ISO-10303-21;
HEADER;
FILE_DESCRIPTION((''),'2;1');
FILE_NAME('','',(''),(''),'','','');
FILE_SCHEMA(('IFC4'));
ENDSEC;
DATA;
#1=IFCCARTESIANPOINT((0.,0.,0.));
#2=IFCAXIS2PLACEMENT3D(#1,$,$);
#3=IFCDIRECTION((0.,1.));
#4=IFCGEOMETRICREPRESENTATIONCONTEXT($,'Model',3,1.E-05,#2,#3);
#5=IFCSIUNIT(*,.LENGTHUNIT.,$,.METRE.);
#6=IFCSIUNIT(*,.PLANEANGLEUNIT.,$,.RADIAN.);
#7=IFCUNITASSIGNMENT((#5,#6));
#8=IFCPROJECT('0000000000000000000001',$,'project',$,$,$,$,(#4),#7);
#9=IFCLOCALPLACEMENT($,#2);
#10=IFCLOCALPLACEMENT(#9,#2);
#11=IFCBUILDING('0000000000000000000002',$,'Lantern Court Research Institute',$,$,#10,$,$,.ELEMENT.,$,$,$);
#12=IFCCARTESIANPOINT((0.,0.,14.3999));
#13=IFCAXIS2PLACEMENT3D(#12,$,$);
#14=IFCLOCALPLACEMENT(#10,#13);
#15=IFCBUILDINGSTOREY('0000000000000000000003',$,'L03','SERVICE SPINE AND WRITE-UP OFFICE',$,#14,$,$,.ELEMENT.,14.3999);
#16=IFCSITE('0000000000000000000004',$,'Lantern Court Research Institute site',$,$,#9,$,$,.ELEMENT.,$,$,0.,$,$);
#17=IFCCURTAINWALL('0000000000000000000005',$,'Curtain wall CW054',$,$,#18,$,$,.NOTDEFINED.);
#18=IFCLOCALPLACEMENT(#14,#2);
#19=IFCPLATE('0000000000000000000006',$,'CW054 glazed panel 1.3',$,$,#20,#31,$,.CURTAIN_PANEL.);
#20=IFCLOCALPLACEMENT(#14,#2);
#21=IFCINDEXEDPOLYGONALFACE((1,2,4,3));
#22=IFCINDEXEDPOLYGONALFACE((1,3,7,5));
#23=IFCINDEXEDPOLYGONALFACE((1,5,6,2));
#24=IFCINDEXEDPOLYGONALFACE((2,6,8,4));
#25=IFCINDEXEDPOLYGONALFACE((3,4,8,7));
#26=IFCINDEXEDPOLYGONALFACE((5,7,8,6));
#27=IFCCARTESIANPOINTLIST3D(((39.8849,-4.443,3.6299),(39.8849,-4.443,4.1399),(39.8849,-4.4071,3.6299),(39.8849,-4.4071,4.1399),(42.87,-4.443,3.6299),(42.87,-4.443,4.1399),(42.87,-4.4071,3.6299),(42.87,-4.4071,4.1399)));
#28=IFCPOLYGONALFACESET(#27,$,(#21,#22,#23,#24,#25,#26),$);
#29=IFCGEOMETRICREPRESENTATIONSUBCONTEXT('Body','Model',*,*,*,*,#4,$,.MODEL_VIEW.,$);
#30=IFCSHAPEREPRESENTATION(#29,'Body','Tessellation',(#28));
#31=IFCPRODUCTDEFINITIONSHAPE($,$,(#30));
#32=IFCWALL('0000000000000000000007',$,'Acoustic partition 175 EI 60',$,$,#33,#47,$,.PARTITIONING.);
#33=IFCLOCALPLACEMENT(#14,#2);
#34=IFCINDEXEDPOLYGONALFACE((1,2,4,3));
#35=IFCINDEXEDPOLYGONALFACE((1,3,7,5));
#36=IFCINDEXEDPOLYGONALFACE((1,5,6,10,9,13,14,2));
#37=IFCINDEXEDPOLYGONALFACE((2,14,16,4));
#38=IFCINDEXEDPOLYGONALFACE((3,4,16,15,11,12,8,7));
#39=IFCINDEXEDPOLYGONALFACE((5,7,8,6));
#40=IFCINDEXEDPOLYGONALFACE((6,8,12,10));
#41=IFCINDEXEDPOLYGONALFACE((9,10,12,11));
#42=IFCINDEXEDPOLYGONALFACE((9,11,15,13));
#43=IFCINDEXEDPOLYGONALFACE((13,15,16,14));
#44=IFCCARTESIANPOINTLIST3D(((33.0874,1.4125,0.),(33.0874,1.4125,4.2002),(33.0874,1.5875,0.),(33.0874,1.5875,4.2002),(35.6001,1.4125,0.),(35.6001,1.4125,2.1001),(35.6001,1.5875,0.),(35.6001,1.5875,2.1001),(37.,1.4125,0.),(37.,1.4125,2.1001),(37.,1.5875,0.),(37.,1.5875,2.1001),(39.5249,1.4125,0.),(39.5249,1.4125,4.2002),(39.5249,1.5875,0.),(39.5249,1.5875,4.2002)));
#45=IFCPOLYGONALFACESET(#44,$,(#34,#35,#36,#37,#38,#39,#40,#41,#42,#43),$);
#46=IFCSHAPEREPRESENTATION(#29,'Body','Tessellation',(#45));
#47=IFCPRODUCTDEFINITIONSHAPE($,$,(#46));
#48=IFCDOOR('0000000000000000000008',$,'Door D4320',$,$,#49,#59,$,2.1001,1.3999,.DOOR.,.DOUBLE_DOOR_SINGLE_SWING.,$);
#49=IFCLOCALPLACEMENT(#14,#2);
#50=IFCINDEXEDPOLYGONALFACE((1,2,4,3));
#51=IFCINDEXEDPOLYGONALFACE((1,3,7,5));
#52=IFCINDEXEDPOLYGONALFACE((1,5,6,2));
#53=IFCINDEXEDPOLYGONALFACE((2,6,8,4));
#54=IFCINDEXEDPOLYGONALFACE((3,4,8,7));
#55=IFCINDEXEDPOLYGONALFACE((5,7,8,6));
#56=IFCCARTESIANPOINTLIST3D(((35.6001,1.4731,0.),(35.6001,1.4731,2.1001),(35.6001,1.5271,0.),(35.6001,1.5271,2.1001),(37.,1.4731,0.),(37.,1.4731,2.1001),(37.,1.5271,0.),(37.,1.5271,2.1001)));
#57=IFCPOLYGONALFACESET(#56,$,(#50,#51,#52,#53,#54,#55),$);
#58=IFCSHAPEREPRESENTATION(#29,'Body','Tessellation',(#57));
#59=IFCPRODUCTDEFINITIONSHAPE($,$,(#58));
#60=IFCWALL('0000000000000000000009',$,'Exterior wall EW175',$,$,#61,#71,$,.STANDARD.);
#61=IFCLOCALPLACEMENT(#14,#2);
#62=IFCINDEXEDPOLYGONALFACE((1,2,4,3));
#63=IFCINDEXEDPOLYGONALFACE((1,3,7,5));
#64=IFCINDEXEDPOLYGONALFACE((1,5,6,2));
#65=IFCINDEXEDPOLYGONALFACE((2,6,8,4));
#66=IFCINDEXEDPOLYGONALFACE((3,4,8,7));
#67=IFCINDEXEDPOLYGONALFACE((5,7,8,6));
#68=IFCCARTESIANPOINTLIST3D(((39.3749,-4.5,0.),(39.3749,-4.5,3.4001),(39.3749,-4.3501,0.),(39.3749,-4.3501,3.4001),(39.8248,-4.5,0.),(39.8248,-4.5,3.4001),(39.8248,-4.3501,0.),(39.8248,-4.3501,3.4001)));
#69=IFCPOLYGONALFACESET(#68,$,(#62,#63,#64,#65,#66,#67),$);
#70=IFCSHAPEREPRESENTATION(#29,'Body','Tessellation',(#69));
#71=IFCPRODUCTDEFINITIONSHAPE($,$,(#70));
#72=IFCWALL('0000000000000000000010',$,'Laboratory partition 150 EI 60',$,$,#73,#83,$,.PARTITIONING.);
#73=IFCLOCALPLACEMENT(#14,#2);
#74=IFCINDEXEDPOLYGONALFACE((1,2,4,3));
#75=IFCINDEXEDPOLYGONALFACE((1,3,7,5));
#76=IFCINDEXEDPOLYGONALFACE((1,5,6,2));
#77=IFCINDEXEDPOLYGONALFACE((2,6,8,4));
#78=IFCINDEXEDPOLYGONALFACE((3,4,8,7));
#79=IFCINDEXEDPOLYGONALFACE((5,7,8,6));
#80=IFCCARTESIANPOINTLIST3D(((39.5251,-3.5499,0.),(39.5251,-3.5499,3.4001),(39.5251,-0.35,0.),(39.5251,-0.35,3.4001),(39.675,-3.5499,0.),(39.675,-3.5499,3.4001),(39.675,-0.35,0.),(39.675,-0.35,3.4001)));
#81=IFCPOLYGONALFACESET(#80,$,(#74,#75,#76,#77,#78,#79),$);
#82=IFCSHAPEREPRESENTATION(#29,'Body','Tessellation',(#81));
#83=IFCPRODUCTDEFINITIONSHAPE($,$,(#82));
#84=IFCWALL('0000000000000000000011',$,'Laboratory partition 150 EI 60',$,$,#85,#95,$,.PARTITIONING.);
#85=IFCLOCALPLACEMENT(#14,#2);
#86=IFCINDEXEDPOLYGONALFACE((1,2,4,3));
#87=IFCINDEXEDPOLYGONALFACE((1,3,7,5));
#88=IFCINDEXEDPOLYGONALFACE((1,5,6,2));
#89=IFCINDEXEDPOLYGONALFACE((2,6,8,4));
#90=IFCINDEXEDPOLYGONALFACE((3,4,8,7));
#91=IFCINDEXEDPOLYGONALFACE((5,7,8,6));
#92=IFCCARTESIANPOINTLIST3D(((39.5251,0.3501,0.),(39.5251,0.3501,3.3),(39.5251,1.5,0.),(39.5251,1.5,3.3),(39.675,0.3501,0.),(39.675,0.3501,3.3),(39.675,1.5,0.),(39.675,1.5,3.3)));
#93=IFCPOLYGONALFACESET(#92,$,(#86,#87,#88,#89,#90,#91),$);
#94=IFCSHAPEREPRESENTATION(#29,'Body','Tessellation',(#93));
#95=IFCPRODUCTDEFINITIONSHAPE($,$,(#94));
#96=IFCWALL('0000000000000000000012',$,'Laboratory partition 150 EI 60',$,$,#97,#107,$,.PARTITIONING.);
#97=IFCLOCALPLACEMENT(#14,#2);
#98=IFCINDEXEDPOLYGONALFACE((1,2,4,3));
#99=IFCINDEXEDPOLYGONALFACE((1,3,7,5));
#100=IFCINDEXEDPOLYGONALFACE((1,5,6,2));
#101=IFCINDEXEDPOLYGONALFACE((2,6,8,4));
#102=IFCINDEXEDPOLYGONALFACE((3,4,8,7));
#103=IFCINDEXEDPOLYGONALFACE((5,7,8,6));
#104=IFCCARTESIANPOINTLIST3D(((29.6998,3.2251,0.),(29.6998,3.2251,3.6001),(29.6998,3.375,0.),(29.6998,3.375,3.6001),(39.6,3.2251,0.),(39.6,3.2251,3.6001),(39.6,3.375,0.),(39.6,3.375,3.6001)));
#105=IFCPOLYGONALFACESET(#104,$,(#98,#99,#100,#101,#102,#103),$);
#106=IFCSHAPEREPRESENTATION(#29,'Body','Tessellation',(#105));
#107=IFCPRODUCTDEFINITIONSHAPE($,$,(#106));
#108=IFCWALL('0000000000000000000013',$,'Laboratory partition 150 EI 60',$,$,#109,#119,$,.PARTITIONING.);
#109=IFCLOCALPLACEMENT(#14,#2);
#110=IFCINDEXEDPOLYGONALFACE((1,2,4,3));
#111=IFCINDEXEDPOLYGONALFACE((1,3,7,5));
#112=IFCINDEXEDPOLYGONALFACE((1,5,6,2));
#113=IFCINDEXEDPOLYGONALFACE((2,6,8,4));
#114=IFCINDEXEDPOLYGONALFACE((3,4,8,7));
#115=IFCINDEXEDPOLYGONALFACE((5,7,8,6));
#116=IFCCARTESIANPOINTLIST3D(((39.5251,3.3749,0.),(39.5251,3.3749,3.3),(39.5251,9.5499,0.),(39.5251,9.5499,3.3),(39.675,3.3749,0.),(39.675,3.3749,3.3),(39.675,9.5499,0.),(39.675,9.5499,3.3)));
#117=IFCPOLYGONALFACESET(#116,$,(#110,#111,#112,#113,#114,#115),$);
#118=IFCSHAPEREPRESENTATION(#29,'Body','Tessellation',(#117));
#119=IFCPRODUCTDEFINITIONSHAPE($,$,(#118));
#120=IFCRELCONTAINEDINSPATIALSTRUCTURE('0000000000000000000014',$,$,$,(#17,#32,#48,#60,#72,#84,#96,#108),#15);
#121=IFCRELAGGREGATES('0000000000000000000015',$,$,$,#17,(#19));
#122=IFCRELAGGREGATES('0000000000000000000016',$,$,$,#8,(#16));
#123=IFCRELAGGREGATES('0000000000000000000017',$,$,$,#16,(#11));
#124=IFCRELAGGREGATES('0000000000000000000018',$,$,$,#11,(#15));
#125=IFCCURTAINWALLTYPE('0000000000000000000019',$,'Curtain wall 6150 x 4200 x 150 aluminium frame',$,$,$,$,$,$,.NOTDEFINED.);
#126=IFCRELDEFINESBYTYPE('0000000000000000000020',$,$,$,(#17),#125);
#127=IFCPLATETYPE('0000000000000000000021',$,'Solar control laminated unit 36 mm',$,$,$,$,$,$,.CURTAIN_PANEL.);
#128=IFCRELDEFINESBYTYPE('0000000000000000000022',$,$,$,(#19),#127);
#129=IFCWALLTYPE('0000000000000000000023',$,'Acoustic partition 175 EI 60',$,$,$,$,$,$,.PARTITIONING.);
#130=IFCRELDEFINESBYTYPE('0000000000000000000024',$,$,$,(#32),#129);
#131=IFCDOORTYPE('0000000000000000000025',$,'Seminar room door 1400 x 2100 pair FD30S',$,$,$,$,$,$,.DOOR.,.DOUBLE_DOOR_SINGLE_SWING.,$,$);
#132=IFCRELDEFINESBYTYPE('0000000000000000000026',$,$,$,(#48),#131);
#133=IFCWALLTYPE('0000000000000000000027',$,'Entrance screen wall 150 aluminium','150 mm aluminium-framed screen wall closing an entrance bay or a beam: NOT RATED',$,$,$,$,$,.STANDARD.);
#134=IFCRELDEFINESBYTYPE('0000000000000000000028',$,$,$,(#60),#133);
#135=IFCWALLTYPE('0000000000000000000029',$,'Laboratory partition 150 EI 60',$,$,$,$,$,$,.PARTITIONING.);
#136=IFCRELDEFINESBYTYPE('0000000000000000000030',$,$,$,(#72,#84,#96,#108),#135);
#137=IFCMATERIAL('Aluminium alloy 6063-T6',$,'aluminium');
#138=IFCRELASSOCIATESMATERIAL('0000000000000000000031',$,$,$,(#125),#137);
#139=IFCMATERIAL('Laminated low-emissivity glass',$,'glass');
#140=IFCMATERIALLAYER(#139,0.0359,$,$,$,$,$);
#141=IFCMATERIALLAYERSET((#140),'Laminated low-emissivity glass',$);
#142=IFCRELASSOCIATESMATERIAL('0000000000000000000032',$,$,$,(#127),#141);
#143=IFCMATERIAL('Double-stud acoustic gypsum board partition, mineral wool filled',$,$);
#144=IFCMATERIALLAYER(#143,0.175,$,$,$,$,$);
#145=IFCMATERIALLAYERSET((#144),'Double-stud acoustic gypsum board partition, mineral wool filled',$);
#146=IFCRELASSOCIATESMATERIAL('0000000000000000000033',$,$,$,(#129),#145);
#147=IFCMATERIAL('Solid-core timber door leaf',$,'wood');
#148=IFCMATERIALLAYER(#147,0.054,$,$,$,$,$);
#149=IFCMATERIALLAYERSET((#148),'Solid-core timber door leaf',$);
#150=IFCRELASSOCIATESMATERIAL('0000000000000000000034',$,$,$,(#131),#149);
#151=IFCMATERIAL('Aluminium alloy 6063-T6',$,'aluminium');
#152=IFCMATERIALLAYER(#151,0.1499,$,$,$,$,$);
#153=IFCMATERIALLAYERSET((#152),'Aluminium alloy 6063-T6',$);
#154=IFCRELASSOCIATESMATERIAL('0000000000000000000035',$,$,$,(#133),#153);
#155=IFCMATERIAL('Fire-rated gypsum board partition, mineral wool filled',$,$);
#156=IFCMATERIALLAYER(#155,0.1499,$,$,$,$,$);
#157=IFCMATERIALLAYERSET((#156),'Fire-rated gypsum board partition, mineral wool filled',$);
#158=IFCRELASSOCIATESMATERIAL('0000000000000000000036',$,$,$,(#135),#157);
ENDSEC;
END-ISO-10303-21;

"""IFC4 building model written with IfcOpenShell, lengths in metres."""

from ifc_helpers import new_model, si_unit, direction, frame, frame_2d, origin, origin_2d, place, context, subcontext, project, spatial, rectangle, extrude, material, layer, layer_set, type_object, element, fill, aggregate, save


model = new_model("IFC4")

# Units and contexts
model_context = context("Model", 3, precision=1e-05, world=origin(), true_north=direction((0.0, 1.0)))
body_context = subcontext(model_context, "Body", "Model", "MODEL_VIEW")
ifc_project = project(units=[si_unit("LENGTHUNIT", "METRE"), si_unit("PLANEANGLEUNIT", "RADIAN")], contexts=[model_context])

# Site, building, storey
site_placement = place(None, origin())
site = spatial("IfcSite", under=ifc_project, at=site_placement, Name="Lantern Court Research Institute site", CompositionType="ELEMENT", RefElevation=0.0)
building_placement = place(site_placement, origin())
building = spatial("IfcBuilding", under=site, at=building_placement, Name="Lantern Court Research Institute", CompositionType="ELEMENT")
storey_placement = place(building_placement, frame((0.0, 0.0, 14.3999)))
storey = spatial("IfcBuildingStorey", under=building, at=storey_placement, Name="L03", Description="SERVICE SPINE AND WRITE-UP OFFICE", CompositionType="ELEMENT", Elevation=14.3999)

# Curtain wall
ifc_material_1 = material(Name="Aluminium alloy 6063-T6", Category="aluminium")
curtain_wall_type = type_object("IfcCurtainWallType", Name="Curtain wall 6150 x 4200 x 150 aluminium frame", PredefinedType="NOTDEFINED", material=ifc_material_1)
curtain_wall_1_placement = place(storey_placement, origin())
curtain_wall_1 = element("IfcCurtainWall", 1, at=curtain_wall_1_placement, inside=storey, type_object=curtain_wall_type, Name="Curtain wall CW054", PredefinedType="NOTDEFINED")

# Plate
ifc_material_2 = material(Name="Laminated low-emissivity glass", Category="glass")
ifc_layer_1 = layer(ifc_material_2, 0.0359)
ifc_layer_set_1 = layer_set([ifc_layer_1], Name="Laminated low-emissivity glass")
plate_type_1 = type_object("IfcPlateType", Name="Solar control laminated unit 36 mm", PredefinedType="CURTAIN_PANEL", material=ifc_layer_set_1)
plate_1_placement = place(storey_placement, frame((41.3774, -4.425, 3.6299), z_axis=(0.0, 0.0, 1.0), x_axis=(-1.0, 0.0, 0.0)))
plate_1 = element("IfcPlate", 2, at=plate_1_placement, type_object=plate_type_1, Name="CW054 glazed panel 1.3", PredefinedType="CURTAIN_PANEL", context=body_context, shape_type="SweptSolid", body=[
    extrude(rectangle(XDim=2.9851, YDim=0.0359, at=origin_2d()), origin(), (0.0, 0.0, 1.0), 0.51),
])
aggregate(curtain_wall_1, [plate_1])

# Wall, opening, door
ifc_material_3 = material(Name="Double-stud acoustic gypsum board partition, mineral wool filled")
ifc_layer_2 = layer(ifc_material_3, 0.175)
ifc_layer_set_2 = layer_set([ifc_layer_2], Name="Double-stud acoustic gypsum board partition, mineral wool filled")
wall_type_1 = type_object("IfcWallType", Name="Acoustic partition 175 EI 60", PredefinedType="PARTITIONING", material=ifc_layer_set_2)
wall_1_placement = place(storey_placement, frame((39.5249, 1.5, 0.0), z_axis=(0.0, 0.0, 1.0), x_axis=(-1.0, 0.0, 0.0)))
wall_1 = element("IfcWall", 3, at=wall_1_placement, inside=storey, type_object=wall_type_1, Name="Acoustic partition 175 EI 60", PredefinedType="PARTITIONING", context=body_context, shape_type="SweptSolid", body=[
    extrude(rectangle(XDim=6.4375, YDim=0.175, at=frame_2d((3.2188, 0.0))), origin(), (0.0, 0.0, 1.0), 4.2002),
])
opening_placement = place(wall_1_placement, frame((2.5249, 0.0, 0.0)))
opening = element("IfcOpeningElement", 4, at=opening_placement, cuts=wall_1, PredefinedType="OPENING", context=body_context, shape_type="SweptSolid", body=[
    extrude(rectangle(XDim=1.3999, YDim=2.1001, at=frame_2d((0.7, 1.05))), frame((0.0, 0.0974, 0.0), z_axis=(0.0, -1.0, 0.0), x_axis=(1.0, 0.0, 0.0)), (0.0, 0.0, 1.0), 0.1951),
])
ifc_material_4 = material(Name="Solid-core timber door leaf", Category="wood")
ifc_layer_3 = layer(ifc_material_4, 0.054)
ifc_layer_set_3 = layer_set([ifc_layer_3], Name="Solid-core timber door leaf")
door_type = type_object("IfcDoorType", Name="Seminar room door 1400 x 2100 pair FD30S", OperationType="DOUBLE_DOOR_SINGLE_SWING", PredefinedType="DOOR", material=ifc_layer_set_3)
door_placement = place(opening_placement, origin())
door = element("IfcDoor", 5, at=door_placement, inside=storey, type_object=door_type, Name="Door D4320", OperationType="DOUBLE_DOOR_SINGLE_SWING", OverallHeight=2.1001, OverallWidth=1.3999, PredefinedType="DOOR", context=body_context, shape_type="SweptSolid", body=[
    extrude(rectangle(XDim=1.3999, YDim=2.1001, at=frame_2d((0.7, 1.05))), frame((0.0, 0.0269, 0.0), z_axis=(0.0, -1.0, 0.0), x_axis=(1.0, 0.0, 0.0)), (0.0, 0.0, 1.0), 0.054),
])
fill(opening, door)

# Walls
ifc_material_5 = material(Name="Aluminium alloy 6063-T6", Category="aluminium")
ifc_layer_4 = layer(ifc_material_5, 0.1499)
ifc_layer_set_4 = layer_set([ifc_layer_4], Name="Aluminium alloy 6063-T6")
wall_type_2 = type_object("IfcWallType", Name="Entrance screen wall 150 aluminium", Description="150 mm aluminium-framed screen wall closing an entrance bay or a beam: NOT RATED", PredefinedType="STANDARD", material=ifc_layer_set_4)
wall_2_placement = place(storey_placement, frame((39.825, -4.425, 0.0), z_axis=(0.0, 0.0, 1.0), x_axis=(-1.0, 0.0, 0.0)))
element("IfcWall", 6, at=wall_2_placement, inside=storey, type_object=wall_type_2, Name="Exterior wall EW175", PredefinedType="STANDARD", context=body_context, shape_type="SweptSolid", body=[
    extrude(rectangle(XDim=0.45, YDim=0.1499, at=frame_2d((0.2251, 0.0))), origin(), (0.0, 0.0, 1.0), 3.4001),
])
ifc_material_6 = material(Name="Fire-rated gypsum board partition, mineral wool filled")
ifc_layer_5 = layer(ifc_material_6, 0.1499)
ifc_layer_set_5 = layer_set([ifc_layer_5], Name="Fire-rated gypsum board partition, mineral wool filled")
wall_type_3 = type_object("IfcWallType", Name="Laboratory partition 150 EI 60", PredefinedType="PARTITIONING", material=ifc_layer_set_5)
wall_3_placement = place(storey_placement, frame((39.6001, -3.55, 0.0), z_axis=(0.0, 0.0, 1.0), x_axis=(0.0, 1.0, 0.0)))
element("IfcWall", 7, at=wall_3_placement, inside=storey, type_object=wall_type_3, Name="Laboratory partition 150 EI 60", PredefinedType="PARTITIONING", context=body_context, shape_type="SweptSolid", body=[
    extrude(rectangle(XDim=3.2, YDim=0.1499, at=frame_2d((1.6001, 0.0))), origin(), (0.0, 0.0, 1.0), 3.4001),
])
wall_4_placement = place(storey_placement, frame((39.6001, 0.3501, 0.0), z_axis=(0.0, 0.0, 1.0), x_axis=(0.0, 1.0, 0.0)))
element("IfcWall", 8, at=wall_4_placement, inside=storey, type_object=wall_type_3, Name="Laboratory partition 150 EI 60", PredefinedType="PARTITIONING", context=body_context, shape_type="SweptSolid", body=[
    extrude(rectangle(XDim=1.1499, YDim=0.1499, at=frame_2d((0.575, 0.0))), origin(), (0.0, 0.0, 1.0), 3.3),
])
wall_5_placement = place(storey_placement, frame((39.6001, 3.3, 0.0), z_axis=(0.0, 0.0, 1.0), x_axis=(-1.0, 0.0, 0.0)))
element("IfcWall", 9, at=wall_5_placement, inside=storey, type_object=wall_type_3, Name="Laboratory partition 150 EI 60", PredefinedType="PARTITIONING", context=body_context, shape_type="SweptSolid", body=[
    extrude(rectangle(XDim=9.9001, YDim=0.1499, at=frame_2d((4.9502, 0.0))), origin(), (0.0, 0.0, 1.0), 3.6001),
])
wall_6_placement = place(storey_placement, frame((39.6001, 3.375, 0.0), z_axis=(0.0, 0.0, 1.0), x_axis=(0.0, 1.0, 0.0)))
element("IfcWall", 10, at=wall_6_placement, inside=storey, type_object=wall_type_3, Name="Laboratory partition 150 EI 60", PredefinedType="PARTITIONING", context=body_context, shape_type="SweptSolid", body=[
    extrude(rectangle(XDim=6.175, YDim=0.1499, at=frame_2d((3.0874, 0.0))), origin(), (0.0, 0.0, 1.0), 3.3),
])

save(model, "model.ifc")
